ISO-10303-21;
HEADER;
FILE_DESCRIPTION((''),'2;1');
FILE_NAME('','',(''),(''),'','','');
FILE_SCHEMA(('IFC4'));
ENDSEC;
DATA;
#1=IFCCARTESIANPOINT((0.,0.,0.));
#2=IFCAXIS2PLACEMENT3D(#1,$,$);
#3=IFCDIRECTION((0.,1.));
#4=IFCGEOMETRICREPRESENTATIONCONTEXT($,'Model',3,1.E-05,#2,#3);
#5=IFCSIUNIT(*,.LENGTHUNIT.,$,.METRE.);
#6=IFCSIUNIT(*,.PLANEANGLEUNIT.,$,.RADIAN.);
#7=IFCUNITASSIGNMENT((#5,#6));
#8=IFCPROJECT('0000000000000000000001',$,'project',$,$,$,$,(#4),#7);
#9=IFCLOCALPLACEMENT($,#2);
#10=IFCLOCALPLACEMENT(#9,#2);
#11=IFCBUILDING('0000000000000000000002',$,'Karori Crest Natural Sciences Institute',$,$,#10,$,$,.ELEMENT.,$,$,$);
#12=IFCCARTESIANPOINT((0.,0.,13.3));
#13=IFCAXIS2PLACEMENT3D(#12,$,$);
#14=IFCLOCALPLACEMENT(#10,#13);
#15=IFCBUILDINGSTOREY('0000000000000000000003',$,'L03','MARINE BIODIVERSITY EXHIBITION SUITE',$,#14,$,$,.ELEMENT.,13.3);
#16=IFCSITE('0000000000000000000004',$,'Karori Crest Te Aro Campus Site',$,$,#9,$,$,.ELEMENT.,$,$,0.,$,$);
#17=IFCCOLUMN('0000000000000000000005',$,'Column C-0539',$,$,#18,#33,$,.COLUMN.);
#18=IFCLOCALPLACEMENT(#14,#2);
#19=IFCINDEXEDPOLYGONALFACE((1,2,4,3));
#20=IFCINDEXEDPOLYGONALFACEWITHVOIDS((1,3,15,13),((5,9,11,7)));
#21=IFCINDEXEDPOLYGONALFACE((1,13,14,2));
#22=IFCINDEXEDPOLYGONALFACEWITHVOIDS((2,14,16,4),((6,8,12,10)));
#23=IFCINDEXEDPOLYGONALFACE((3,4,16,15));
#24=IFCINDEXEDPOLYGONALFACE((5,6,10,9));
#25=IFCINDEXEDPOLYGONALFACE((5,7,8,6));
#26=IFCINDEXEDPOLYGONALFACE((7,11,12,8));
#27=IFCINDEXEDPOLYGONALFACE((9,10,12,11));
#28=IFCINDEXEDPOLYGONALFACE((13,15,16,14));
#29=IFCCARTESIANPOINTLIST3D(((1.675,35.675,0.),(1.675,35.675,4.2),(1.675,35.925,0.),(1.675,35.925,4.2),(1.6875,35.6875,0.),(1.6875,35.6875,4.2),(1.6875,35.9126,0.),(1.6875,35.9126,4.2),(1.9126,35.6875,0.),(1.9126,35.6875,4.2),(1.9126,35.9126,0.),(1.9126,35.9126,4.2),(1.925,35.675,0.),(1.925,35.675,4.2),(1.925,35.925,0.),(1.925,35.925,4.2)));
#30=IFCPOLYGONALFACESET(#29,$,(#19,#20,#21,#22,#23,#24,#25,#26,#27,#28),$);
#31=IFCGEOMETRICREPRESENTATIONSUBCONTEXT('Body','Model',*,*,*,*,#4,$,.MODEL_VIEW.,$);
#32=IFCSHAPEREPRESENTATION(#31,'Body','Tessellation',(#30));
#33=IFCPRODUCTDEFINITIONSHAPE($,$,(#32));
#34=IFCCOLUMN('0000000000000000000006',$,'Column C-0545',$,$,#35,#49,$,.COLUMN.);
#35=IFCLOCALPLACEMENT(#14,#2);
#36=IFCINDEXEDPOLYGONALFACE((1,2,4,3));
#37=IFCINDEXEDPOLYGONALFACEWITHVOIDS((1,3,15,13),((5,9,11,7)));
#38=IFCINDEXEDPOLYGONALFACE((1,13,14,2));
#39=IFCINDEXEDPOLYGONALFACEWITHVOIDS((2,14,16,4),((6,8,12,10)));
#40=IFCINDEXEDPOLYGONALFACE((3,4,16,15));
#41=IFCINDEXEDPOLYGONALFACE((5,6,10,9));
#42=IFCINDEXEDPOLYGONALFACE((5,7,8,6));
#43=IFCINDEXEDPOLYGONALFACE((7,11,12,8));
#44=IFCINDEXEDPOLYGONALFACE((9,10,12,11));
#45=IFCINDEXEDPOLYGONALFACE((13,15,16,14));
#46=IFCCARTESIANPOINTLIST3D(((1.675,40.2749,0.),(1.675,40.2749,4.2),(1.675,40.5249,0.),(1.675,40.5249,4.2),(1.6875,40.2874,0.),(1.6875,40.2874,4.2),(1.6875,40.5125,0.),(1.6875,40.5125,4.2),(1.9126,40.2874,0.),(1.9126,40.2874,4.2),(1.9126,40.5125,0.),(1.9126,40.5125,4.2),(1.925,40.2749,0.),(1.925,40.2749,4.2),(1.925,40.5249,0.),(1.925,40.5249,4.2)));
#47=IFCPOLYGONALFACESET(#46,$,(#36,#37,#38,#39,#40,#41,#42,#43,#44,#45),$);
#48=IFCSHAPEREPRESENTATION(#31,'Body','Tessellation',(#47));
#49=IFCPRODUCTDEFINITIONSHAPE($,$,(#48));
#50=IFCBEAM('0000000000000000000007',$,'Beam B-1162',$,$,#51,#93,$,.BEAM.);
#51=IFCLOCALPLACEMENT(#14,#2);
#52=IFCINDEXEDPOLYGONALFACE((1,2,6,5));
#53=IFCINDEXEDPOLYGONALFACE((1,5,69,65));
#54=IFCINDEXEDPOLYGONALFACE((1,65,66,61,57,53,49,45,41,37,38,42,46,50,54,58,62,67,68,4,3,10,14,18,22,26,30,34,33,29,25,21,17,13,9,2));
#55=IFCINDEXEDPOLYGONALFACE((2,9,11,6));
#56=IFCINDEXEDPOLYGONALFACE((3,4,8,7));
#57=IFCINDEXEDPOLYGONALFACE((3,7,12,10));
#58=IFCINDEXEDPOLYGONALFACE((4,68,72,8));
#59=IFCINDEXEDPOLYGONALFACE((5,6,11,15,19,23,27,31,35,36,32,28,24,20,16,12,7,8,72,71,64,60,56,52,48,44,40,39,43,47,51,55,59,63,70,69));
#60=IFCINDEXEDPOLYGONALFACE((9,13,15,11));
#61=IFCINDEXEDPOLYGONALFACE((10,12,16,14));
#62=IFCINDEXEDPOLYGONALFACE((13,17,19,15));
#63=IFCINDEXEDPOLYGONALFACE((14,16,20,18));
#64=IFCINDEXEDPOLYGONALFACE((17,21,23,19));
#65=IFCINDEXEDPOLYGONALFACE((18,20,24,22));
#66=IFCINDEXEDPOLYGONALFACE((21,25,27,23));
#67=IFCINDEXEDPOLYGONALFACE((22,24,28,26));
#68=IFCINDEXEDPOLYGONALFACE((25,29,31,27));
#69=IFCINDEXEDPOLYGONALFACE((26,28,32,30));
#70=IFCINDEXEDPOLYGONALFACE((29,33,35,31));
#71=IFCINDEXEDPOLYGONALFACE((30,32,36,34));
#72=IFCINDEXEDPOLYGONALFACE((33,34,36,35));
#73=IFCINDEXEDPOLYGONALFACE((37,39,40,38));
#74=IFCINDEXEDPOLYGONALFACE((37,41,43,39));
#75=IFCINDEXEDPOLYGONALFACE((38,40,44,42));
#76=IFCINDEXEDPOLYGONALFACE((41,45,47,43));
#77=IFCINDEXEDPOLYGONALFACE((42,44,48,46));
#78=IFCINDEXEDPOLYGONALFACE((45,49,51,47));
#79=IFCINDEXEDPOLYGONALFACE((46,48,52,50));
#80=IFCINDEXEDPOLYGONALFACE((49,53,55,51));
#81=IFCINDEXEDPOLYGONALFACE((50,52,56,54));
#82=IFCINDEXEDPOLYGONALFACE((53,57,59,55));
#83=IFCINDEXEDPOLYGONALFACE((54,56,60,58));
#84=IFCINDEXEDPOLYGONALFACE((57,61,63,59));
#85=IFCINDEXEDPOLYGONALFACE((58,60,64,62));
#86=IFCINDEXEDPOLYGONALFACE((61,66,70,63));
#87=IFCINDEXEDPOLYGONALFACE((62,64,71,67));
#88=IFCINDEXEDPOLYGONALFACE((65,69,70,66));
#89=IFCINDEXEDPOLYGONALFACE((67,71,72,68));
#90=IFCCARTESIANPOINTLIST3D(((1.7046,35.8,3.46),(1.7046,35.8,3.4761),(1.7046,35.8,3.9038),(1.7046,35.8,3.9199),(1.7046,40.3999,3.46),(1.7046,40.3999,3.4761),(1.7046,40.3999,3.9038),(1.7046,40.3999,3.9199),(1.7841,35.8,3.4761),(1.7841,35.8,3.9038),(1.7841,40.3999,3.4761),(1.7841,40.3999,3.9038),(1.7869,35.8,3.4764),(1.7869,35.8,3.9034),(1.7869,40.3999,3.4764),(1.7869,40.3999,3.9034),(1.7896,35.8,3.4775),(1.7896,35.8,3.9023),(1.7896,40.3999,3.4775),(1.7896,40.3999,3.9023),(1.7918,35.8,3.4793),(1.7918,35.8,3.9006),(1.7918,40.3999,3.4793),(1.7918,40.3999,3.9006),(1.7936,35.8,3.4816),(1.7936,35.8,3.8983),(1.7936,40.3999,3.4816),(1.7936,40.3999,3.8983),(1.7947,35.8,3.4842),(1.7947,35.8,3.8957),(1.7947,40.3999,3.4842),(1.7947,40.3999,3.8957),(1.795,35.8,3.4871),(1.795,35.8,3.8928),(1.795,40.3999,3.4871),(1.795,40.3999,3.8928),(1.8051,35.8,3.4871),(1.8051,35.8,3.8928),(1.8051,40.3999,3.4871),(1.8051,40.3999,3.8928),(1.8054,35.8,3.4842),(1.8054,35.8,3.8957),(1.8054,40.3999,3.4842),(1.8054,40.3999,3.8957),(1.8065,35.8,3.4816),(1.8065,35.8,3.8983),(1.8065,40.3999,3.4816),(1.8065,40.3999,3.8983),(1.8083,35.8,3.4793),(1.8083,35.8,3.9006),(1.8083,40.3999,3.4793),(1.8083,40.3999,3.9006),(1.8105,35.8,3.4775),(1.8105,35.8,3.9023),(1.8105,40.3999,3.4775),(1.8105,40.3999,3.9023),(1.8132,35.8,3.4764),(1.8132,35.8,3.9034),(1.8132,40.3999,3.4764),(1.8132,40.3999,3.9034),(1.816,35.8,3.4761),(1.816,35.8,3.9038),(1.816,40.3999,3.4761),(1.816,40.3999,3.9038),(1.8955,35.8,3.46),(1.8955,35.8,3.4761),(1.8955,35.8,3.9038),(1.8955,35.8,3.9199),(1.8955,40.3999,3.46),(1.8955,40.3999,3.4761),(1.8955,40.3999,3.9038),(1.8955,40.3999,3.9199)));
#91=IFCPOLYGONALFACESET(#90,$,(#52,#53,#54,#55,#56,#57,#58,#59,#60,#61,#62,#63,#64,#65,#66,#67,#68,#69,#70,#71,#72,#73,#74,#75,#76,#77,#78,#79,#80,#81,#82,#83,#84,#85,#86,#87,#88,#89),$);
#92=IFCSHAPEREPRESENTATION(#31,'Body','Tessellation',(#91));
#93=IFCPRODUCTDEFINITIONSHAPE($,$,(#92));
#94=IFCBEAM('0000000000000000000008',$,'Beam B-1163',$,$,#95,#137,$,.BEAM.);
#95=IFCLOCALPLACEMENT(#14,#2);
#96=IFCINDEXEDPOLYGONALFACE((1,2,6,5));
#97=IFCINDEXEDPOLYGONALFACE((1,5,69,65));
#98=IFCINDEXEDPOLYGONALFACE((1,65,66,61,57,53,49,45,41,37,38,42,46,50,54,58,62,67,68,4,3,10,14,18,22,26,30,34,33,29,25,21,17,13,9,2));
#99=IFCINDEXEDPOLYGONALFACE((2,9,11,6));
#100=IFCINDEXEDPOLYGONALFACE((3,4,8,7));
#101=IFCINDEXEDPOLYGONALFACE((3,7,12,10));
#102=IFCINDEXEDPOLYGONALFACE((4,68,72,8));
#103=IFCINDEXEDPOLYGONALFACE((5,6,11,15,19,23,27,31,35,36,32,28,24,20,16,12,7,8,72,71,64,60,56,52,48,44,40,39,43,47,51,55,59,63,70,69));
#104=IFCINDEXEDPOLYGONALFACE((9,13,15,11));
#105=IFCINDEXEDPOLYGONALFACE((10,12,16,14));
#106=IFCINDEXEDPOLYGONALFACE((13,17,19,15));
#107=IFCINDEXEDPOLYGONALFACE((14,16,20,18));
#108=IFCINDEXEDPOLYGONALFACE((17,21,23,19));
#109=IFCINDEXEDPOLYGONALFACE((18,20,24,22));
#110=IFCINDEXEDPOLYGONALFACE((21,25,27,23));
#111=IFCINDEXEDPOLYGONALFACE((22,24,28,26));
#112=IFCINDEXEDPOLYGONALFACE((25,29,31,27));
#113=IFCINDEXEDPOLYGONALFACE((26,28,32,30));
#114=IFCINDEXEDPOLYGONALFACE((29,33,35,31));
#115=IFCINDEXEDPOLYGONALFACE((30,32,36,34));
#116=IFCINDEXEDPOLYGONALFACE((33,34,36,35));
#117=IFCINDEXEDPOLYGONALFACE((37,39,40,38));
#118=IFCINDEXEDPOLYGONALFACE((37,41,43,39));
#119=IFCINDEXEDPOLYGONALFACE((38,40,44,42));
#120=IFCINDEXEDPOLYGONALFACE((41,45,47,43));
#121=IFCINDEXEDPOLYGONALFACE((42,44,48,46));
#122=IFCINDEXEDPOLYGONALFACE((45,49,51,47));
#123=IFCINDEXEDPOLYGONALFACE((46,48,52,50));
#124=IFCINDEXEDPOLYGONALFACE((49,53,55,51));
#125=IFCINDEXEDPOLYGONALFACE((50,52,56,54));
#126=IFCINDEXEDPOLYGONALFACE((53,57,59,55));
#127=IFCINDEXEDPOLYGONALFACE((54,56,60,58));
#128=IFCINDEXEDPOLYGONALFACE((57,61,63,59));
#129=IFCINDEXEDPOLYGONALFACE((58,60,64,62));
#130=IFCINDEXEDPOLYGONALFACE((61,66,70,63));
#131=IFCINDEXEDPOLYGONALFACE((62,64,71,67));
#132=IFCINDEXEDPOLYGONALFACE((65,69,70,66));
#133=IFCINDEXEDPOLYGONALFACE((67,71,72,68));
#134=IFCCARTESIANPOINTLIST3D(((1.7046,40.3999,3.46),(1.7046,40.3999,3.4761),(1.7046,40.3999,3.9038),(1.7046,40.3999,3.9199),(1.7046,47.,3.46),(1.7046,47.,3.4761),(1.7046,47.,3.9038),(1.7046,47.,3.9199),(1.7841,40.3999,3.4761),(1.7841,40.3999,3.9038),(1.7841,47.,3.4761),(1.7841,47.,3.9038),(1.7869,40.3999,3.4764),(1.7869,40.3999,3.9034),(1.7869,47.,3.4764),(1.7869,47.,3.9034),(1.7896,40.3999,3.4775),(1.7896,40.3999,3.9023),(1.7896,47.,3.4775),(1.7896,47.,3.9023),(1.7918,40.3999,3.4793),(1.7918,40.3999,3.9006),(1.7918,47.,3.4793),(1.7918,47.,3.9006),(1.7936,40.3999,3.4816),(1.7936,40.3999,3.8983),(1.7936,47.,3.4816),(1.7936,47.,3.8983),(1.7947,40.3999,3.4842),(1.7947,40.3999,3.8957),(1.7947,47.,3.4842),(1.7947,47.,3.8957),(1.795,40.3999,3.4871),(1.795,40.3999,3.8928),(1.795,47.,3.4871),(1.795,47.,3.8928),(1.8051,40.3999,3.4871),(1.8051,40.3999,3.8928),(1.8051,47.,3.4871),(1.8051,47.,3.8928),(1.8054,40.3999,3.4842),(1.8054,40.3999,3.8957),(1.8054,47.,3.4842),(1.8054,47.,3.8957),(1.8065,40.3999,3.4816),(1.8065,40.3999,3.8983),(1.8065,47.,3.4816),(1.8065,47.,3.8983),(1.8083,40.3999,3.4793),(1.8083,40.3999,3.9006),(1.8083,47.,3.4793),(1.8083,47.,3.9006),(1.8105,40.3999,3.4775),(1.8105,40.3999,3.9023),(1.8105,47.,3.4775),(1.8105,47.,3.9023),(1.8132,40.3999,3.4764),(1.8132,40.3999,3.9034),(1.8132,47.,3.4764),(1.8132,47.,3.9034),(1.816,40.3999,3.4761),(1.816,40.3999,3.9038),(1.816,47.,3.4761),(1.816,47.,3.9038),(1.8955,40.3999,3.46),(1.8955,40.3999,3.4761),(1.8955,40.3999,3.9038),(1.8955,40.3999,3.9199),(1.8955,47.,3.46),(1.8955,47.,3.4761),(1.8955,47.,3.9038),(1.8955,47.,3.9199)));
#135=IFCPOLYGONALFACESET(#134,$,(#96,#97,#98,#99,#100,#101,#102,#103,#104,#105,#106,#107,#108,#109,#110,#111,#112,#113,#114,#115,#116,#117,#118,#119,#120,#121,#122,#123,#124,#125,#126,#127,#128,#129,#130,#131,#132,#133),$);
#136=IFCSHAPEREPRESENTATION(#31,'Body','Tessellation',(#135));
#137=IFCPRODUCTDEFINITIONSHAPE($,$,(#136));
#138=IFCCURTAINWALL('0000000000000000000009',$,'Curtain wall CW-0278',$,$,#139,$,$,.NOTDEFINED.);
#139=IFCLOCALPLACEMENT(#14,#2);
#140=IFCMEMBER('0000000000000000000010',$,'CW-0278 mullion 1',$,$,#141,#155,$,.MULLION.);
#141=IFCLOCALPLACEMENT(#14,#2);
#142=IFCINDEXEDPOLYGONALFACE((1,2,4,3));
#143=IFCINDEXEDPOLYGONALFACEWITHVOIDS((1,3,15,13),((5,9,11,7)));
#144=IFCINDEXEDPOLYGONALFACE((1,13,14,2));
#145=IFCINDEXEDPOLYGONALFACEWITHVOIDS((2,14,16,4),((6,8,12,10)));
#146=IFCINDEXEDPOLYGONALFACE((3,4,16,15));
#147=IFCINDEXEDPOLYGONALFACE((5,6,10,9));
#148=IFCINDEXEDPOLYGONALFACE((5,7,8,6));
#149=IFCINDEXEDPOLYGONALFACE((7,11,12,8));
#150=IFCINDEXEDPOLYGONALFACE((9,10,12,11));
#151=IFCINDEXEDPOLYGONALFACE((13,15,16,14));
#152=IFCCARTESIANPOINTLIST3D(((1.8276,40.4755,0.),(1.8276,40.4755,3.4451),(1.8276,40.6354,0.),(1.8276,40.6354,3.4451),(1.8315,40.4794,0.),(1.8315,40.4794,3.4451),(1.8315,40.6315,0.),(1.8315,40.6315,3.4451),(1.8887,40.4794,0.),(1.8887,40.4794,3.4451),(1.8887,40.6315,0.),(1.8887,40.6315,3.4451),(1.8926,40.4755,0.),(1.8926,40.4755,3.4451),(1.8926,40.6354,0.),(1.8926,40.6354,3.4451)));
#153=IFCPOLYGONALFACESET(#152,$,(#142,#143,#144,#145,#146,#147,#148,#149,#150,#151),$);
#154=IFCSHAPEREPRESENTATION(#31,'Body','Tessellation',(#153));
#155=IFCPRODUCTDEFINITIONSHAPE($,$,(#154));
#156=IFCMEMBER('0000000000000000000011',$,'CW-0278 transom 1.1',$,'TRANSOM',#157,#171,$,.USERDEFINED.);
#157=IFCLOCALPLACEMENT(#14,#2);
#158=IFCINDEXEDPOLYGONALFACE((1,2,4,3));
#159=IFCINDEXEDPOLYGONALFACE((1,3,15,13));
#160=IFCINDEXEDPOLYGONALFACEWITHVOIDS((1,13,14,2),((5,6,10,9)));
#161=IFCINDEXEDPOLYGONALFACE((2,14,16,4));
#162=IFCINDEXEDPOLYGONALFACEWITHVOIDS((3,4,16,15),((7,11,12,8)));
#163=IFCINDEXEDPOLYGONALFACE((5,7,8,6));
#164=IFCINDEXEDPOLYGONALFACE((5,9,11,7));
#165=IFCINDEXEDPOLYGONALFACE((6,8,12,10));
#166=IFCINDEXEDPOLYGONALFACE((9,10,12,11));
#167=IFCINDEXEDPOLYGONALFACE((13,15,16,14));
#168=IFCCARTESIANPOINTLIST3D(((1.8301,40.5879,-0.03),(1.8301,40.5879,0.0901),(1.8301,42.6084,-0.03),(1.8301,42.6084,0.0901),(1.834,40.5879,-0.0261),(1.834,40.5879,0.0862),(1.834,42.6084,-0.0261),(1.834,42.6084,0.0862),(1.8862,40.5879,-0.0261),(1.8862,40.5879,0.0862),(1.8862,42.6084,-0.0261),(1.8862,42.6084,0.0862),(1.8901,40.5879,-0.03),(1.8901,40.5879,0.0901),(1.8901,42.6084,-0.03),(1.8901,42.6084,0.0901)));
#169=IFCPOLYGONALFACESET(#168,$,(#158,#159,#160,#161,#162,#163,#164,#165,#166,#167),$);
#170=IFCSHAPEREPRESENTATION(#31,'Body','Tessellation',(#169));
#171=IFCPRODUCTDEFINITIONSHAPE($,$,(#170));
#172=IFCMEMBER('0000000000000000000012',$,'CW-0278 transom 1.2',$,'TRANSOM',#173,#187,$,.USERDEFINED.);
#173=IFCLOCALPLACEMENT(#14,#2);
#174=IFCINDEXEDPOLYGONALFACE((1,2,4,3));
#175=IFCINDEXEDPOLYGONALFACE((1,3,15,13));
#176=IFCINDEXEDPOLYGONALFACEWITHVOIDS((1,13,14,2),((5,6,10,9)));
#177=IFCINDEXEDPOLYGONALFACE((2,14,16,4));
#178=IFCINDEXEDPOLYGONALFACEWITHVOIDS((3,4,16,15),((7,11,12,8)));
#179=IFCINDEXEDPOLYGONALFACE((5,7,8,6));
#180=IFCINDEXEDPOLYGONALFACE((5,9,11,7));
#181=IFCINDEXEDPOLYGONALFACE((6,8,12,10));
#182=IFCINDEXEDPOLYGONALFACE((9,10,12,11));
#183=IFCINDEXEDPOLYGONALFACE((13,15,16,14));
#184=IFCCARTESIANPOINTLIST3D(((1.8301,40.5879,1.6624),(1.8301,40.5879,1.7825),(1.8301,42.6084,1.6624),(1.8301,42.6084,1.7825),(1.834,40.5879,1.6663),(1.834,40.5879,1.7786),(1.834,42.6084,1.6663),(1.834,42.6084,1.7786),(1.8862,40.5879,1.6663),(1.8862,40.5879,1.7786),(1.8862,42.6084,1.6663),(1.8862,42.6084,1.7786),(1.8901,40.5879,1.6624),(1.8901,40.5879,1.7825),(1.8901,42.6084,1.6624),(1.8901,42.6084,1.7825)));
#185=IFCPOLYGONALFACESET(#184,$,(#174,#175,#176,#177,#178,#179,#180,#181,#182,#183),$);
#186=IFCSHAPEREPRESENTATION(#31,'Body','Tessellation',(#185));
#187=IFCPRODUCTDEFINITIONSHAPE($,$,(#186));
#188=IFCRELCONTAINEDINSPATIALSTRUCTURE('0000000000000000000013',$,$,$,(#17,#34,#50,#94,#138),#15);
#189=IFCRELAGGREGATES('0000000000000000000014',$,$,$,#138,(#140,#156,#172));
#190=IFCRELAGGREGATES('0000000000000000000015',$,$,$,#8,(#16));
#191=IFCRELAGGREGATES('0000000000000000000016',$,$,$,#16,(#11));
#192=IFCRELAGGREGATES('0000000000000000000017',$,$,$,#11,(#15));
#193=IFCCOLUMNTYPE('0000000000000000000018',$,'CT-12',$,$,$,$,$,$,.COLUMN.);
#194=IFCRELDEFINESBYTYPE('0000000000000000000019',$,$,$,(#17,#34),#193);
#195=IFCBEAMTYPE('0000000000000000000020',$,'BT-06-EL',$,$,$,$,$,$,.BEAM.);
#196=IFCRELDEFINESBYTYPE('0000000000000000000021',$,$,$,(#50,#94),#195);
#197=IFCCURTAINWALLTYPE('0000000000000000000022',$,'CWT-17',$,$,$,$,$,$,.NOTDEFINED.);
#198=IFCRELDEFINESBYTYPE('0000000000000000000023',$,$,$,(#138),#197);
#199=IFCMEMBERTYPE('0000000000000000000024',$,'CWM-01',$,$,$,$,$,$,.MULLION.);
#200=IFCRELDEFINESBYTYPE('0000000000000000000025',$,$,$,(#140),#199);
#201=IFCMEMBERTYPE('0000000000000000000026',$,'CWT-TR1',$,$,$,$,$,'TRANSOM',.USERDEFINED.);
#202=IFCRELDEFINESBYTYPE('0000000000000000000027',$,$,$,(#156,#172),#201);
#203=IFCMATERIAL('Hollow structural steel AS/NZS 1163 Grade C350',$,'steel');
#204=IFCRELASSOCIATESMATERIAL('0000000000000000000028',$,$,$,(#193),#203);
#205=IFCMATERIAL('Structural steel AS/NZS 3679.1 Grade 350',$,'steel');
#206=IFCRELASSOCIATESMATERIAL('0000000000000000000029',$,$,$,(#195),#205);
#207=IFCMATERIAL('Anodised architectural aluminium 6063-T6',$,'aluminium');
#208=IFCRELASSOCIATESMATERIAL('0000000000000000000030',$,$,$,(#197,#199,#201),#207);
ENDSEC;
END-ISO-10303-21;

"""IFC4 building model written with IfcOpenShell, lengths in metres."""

from ifc_helpers import new_model, si_unit, direction, frame, origin, origin_2d, place, context, subcontext, project, spatial, hollow_rectangle, i_section, extrude, material, material_profile, profile_set, type_object, element, aggregate, save


model = new_model("IFC4")

# Units and contexts
model_context = context("Model", 3, precision=1e-05, world=origin(), true_north=direction((0.0, 1.0)))
body_context = subcontext(model_context, "Body", "Model", "MODEL_VIEW")
ifc_project = project(units=[si_unit("LENGTHUNIT", "METRE"), si_unit("PLANEANGLEUNIT", "RADIAN")], contexts=[model_context])

# Site, building, storey
site_placement = place(None, origin())
site = spatial("IfcSite", under=ifc_project, at=site_placement, Name="Karori Crest Te Aro Campus Site", CompositionType="ELEMENT", RefElevation=0.0)
building_placement = place(site_placement, origin())
building = spatial("IfcBuilding", under=site, at=building_placement, Name="Karori Crest Natural Sciences Institute", CompositionType="ELEMENT")
storey_placement = place(building_placement, frame((0.0, 0.0, 13.3)))
storey = spatial("IfcBuildingStorey", under=building, at=storey_placement, Name="L03", Description="MARINE BIODIVERSITY EXHIBITION SUITE", CompositionType="ELEMENT", Elevation=13.3)

# Columns
ifc_material_1 = material(Name="Hollow structural steel AS/NZS 1163 Grade C350", Category="steel")
ifc_material_profile_1 = material_profile(ifc_material_1, hollow_rectangle(XDim=0.25, YDim=0.25, WallThickness=0.0125, at=origin_2d()), Name="SHS250x250x12.5")
ifc_profile_set_1 = profile_set([ifc_material_profile_1], Name="Hollow structural steel AS/NZS 1163 Grade C350")
column_type = type_object("IfcColumnType", Name="CT-12", PredefinedType="COLUMN", material=ifc_profile_set_1)
for number, where, z_axis, x_axis, name in (
    (1, (1.8, 35.8, 0.0), (0.0, 0.0, 1.0), (1.0, 0.0, 0.0), "Column C-0539"),
    (2, (1.8, 40.3999, 0.0), (0.0, 0.0, 1.0), (1.0, 0.0, 0.0), "Column C-0545"),
):
    element("IfcColumn", number, at=place(storey_placement, frame(where, z_axis=z_axis, x_axis=x_axis)), inside=storey, type_object=column_type, Name=name, PredefinedType="COLUMN", context=body_context, shape_type="SweptSolid", body=[
        extrude(hollow_rectangle(XDim=0.25, YDim=0.25, WallThickness=0.0125, at=origin_2d()), origin(), (0.0, 0.0, 1.0), 4.2),
    ])

# Beams
ifc_material_2 = material(Name="Structural steel AS/NZS 3679.1 Grade 350", Category="steel")
ifc_material_profile_2 = material_profile(ifc_material_2, i_section(OverallWidth=0.1909, OverallDepth=0.46, WebThickness=0.01, FlangeThickness=0.0161, FilletRadius=0.011, at=origin_2d()), Name="460UB82.1")
ifc_profile_set_2 = profile_set([ifc_material_profile_2], Name="Structural steel AS/NZS 3679.1 Grade 350")
beam_type = type_object("IfcBeamType", Name="BT-06-EL", PredefinedType="BEAM", material=ifc_profile_set_2)
beam_1_placement = place(storey_placement, frame((1.8, 35.8, 3.6899), z_axis=(0.0, 1.0, 0.0), x_axis=(-1.0, 0.0, 0.0)))
element("IfcBeam", 3, at=beam_1_placement, inside=storey, type_object=beam_type, Name="Beam B-1162", PredefinedType="BEAM", context=body_context, shape_type="SweptSolid", body=[
    extrude(i_section(OverallWidth=0.1909, OverallDepth=0.46, WebThickness=0.01, FlangeThickness=0.0161, FilletRadius=0.011, at=origin_2d()), origin(), (0.0, 0.0, 1.0), 4.5999),
])
beam_2_placement = place(storey_placement, frame((1.8, 40.3999, 3.6899), z_axis=(0.0, 1.0, 0.0), x_axis=(-1.0, 0.0, 0.0)))
element("IfcBeam", 4, at=beam_2_placement, inside=storey, type_object=beam_type, Name="Beam B-1163", PredefinedType="BEAM", context=body_context, shape_type="SweptSolid", body=[
    extrude(i_section(OverallWidth=0.1909, OverallDepth=0.46, WebThickness=0.01, FlangeThickness=0.0161, FilletRadius=0.011, at=origin_2d()), origin(), (0.0, 0.0, 1.0), 6.6001),
])

# Curtain wall, members
ifc_material_3 = material(Name="Anodised architectural aluminium 6063-T6", Category="aluminium")
curtain_wall_type = type_object("IfcCurtainWallType", Name="CWT-17", PredefinedType="NOTDEFINED", material=ifc_material_3)
curtain_wall_placement = place(storey_placement, origin())
curtain_wall = element("IfcCurtainWall", 5, at=curtain_wall_placement, inside=storey, type_object=curtain_wall_type, Name="Curtain wall CW-0278", PredefinedType="NOTDEFINED")
ifc_material_profile_3 = material_profile(ifc_material_3, hollow_rectangle(XDim=0.0649, YDim=0.1599, WallThickness=0.0039, at=origin_2d()), Name="CWM160x65x4")
ifc_profile_set_3 = profile_set([ifc_material_profile_3], Name="Anodised architectural aluminium 6063-T6")
member_type_1 = type_object("IfcMemberType", Name="CWM-01", PredefinedType="MULLION", material=ifc_profile_set_3)
member_1_placement = place(storey_placement, frame((1.8601, 40.5554, 0.0), z_axis=(0.0, 0.0, 1.0), x_axis=(-1.0, 0.0, 0.0)))
member_1 = element("IfcMember", 6, at=member_1_placement, type_object=member_type_1, Name="CW-0278 mullion 1", PredefinedType="MULLION", context=body_context, shape_type="SweptSolid", body=[
    extrude(hollow_rectangle(XDim=0.0649, YDim=0.1599, WallThickness=0.0039, at=origin_2d()), origin(), (0.0, 0.0, 1.0), 3.4451),
])
ifc_material_profile_4 = material_profile(ifc_material_3, hollow_rectangle(XDim=0.0601, YDim=0.1201, WallThickness=0.0039, at=origin_2d()), Name="CWT120x60x4")
ifc_profile_set_4 = profile_set([ifc_material_profile_4], Name="Anodised architectural aluminium 6063-T6")
member_type_2 = type_object("IfcMemberType", Name="CWT-TR1", ElementType="TRANSOM", PredefinedType="USERDEFINED", material=ifc_profile_set_4)
member_2_placement = place(storey_placement, frame((1.8601, 40.5879, 0.03), z_axis=(0.0, 1.0, 0.0), x_axis=(-1.0, 0.0, 0.0)))
member_2 = element("IfcMember", 7, at=member_2_placement, type_object=member_type_2, Name="CW-0278 transom 1.1", ObjectType="TRANSOM", PredefinedType="USERDEFINED", context=body_context, shape_type="SweptSolid", body=[
    extrude(hollow_rectangle(XDim=0.0601, YDim=0.1201, WallThickness=0.0039, at=origin_2d()), origin(), (0.0, 0.0, 1.0), 2.0205),
])
member_3_placement = place(storey_placement, frame((1.8601, 40.5879, 1.7224), z_axis=(0.0, 1.0, 0.0), x_axis=(-1.0, 0.0, 0.0)))
member_3 = element("IfcMember", 8, at=member_3_placement, type_object=member_type_2, Name="CW-0278 transom 1.2", ObjectType="TRANSOM", PredefinedType="USERDEFINED", context=body_context, shape_type="SweptSolid", body=[
    extrude(hollow_rectangle(XDim=0.0601, YDim=0.1201, WallThickness=0.0039, at=origin_2d()), origin(), (0.0, 0.0, 1.0), 2.0205),
])
aggregate(curtain_wall, [member_1, member_2, member_3])

save(model, "model.ifc")
